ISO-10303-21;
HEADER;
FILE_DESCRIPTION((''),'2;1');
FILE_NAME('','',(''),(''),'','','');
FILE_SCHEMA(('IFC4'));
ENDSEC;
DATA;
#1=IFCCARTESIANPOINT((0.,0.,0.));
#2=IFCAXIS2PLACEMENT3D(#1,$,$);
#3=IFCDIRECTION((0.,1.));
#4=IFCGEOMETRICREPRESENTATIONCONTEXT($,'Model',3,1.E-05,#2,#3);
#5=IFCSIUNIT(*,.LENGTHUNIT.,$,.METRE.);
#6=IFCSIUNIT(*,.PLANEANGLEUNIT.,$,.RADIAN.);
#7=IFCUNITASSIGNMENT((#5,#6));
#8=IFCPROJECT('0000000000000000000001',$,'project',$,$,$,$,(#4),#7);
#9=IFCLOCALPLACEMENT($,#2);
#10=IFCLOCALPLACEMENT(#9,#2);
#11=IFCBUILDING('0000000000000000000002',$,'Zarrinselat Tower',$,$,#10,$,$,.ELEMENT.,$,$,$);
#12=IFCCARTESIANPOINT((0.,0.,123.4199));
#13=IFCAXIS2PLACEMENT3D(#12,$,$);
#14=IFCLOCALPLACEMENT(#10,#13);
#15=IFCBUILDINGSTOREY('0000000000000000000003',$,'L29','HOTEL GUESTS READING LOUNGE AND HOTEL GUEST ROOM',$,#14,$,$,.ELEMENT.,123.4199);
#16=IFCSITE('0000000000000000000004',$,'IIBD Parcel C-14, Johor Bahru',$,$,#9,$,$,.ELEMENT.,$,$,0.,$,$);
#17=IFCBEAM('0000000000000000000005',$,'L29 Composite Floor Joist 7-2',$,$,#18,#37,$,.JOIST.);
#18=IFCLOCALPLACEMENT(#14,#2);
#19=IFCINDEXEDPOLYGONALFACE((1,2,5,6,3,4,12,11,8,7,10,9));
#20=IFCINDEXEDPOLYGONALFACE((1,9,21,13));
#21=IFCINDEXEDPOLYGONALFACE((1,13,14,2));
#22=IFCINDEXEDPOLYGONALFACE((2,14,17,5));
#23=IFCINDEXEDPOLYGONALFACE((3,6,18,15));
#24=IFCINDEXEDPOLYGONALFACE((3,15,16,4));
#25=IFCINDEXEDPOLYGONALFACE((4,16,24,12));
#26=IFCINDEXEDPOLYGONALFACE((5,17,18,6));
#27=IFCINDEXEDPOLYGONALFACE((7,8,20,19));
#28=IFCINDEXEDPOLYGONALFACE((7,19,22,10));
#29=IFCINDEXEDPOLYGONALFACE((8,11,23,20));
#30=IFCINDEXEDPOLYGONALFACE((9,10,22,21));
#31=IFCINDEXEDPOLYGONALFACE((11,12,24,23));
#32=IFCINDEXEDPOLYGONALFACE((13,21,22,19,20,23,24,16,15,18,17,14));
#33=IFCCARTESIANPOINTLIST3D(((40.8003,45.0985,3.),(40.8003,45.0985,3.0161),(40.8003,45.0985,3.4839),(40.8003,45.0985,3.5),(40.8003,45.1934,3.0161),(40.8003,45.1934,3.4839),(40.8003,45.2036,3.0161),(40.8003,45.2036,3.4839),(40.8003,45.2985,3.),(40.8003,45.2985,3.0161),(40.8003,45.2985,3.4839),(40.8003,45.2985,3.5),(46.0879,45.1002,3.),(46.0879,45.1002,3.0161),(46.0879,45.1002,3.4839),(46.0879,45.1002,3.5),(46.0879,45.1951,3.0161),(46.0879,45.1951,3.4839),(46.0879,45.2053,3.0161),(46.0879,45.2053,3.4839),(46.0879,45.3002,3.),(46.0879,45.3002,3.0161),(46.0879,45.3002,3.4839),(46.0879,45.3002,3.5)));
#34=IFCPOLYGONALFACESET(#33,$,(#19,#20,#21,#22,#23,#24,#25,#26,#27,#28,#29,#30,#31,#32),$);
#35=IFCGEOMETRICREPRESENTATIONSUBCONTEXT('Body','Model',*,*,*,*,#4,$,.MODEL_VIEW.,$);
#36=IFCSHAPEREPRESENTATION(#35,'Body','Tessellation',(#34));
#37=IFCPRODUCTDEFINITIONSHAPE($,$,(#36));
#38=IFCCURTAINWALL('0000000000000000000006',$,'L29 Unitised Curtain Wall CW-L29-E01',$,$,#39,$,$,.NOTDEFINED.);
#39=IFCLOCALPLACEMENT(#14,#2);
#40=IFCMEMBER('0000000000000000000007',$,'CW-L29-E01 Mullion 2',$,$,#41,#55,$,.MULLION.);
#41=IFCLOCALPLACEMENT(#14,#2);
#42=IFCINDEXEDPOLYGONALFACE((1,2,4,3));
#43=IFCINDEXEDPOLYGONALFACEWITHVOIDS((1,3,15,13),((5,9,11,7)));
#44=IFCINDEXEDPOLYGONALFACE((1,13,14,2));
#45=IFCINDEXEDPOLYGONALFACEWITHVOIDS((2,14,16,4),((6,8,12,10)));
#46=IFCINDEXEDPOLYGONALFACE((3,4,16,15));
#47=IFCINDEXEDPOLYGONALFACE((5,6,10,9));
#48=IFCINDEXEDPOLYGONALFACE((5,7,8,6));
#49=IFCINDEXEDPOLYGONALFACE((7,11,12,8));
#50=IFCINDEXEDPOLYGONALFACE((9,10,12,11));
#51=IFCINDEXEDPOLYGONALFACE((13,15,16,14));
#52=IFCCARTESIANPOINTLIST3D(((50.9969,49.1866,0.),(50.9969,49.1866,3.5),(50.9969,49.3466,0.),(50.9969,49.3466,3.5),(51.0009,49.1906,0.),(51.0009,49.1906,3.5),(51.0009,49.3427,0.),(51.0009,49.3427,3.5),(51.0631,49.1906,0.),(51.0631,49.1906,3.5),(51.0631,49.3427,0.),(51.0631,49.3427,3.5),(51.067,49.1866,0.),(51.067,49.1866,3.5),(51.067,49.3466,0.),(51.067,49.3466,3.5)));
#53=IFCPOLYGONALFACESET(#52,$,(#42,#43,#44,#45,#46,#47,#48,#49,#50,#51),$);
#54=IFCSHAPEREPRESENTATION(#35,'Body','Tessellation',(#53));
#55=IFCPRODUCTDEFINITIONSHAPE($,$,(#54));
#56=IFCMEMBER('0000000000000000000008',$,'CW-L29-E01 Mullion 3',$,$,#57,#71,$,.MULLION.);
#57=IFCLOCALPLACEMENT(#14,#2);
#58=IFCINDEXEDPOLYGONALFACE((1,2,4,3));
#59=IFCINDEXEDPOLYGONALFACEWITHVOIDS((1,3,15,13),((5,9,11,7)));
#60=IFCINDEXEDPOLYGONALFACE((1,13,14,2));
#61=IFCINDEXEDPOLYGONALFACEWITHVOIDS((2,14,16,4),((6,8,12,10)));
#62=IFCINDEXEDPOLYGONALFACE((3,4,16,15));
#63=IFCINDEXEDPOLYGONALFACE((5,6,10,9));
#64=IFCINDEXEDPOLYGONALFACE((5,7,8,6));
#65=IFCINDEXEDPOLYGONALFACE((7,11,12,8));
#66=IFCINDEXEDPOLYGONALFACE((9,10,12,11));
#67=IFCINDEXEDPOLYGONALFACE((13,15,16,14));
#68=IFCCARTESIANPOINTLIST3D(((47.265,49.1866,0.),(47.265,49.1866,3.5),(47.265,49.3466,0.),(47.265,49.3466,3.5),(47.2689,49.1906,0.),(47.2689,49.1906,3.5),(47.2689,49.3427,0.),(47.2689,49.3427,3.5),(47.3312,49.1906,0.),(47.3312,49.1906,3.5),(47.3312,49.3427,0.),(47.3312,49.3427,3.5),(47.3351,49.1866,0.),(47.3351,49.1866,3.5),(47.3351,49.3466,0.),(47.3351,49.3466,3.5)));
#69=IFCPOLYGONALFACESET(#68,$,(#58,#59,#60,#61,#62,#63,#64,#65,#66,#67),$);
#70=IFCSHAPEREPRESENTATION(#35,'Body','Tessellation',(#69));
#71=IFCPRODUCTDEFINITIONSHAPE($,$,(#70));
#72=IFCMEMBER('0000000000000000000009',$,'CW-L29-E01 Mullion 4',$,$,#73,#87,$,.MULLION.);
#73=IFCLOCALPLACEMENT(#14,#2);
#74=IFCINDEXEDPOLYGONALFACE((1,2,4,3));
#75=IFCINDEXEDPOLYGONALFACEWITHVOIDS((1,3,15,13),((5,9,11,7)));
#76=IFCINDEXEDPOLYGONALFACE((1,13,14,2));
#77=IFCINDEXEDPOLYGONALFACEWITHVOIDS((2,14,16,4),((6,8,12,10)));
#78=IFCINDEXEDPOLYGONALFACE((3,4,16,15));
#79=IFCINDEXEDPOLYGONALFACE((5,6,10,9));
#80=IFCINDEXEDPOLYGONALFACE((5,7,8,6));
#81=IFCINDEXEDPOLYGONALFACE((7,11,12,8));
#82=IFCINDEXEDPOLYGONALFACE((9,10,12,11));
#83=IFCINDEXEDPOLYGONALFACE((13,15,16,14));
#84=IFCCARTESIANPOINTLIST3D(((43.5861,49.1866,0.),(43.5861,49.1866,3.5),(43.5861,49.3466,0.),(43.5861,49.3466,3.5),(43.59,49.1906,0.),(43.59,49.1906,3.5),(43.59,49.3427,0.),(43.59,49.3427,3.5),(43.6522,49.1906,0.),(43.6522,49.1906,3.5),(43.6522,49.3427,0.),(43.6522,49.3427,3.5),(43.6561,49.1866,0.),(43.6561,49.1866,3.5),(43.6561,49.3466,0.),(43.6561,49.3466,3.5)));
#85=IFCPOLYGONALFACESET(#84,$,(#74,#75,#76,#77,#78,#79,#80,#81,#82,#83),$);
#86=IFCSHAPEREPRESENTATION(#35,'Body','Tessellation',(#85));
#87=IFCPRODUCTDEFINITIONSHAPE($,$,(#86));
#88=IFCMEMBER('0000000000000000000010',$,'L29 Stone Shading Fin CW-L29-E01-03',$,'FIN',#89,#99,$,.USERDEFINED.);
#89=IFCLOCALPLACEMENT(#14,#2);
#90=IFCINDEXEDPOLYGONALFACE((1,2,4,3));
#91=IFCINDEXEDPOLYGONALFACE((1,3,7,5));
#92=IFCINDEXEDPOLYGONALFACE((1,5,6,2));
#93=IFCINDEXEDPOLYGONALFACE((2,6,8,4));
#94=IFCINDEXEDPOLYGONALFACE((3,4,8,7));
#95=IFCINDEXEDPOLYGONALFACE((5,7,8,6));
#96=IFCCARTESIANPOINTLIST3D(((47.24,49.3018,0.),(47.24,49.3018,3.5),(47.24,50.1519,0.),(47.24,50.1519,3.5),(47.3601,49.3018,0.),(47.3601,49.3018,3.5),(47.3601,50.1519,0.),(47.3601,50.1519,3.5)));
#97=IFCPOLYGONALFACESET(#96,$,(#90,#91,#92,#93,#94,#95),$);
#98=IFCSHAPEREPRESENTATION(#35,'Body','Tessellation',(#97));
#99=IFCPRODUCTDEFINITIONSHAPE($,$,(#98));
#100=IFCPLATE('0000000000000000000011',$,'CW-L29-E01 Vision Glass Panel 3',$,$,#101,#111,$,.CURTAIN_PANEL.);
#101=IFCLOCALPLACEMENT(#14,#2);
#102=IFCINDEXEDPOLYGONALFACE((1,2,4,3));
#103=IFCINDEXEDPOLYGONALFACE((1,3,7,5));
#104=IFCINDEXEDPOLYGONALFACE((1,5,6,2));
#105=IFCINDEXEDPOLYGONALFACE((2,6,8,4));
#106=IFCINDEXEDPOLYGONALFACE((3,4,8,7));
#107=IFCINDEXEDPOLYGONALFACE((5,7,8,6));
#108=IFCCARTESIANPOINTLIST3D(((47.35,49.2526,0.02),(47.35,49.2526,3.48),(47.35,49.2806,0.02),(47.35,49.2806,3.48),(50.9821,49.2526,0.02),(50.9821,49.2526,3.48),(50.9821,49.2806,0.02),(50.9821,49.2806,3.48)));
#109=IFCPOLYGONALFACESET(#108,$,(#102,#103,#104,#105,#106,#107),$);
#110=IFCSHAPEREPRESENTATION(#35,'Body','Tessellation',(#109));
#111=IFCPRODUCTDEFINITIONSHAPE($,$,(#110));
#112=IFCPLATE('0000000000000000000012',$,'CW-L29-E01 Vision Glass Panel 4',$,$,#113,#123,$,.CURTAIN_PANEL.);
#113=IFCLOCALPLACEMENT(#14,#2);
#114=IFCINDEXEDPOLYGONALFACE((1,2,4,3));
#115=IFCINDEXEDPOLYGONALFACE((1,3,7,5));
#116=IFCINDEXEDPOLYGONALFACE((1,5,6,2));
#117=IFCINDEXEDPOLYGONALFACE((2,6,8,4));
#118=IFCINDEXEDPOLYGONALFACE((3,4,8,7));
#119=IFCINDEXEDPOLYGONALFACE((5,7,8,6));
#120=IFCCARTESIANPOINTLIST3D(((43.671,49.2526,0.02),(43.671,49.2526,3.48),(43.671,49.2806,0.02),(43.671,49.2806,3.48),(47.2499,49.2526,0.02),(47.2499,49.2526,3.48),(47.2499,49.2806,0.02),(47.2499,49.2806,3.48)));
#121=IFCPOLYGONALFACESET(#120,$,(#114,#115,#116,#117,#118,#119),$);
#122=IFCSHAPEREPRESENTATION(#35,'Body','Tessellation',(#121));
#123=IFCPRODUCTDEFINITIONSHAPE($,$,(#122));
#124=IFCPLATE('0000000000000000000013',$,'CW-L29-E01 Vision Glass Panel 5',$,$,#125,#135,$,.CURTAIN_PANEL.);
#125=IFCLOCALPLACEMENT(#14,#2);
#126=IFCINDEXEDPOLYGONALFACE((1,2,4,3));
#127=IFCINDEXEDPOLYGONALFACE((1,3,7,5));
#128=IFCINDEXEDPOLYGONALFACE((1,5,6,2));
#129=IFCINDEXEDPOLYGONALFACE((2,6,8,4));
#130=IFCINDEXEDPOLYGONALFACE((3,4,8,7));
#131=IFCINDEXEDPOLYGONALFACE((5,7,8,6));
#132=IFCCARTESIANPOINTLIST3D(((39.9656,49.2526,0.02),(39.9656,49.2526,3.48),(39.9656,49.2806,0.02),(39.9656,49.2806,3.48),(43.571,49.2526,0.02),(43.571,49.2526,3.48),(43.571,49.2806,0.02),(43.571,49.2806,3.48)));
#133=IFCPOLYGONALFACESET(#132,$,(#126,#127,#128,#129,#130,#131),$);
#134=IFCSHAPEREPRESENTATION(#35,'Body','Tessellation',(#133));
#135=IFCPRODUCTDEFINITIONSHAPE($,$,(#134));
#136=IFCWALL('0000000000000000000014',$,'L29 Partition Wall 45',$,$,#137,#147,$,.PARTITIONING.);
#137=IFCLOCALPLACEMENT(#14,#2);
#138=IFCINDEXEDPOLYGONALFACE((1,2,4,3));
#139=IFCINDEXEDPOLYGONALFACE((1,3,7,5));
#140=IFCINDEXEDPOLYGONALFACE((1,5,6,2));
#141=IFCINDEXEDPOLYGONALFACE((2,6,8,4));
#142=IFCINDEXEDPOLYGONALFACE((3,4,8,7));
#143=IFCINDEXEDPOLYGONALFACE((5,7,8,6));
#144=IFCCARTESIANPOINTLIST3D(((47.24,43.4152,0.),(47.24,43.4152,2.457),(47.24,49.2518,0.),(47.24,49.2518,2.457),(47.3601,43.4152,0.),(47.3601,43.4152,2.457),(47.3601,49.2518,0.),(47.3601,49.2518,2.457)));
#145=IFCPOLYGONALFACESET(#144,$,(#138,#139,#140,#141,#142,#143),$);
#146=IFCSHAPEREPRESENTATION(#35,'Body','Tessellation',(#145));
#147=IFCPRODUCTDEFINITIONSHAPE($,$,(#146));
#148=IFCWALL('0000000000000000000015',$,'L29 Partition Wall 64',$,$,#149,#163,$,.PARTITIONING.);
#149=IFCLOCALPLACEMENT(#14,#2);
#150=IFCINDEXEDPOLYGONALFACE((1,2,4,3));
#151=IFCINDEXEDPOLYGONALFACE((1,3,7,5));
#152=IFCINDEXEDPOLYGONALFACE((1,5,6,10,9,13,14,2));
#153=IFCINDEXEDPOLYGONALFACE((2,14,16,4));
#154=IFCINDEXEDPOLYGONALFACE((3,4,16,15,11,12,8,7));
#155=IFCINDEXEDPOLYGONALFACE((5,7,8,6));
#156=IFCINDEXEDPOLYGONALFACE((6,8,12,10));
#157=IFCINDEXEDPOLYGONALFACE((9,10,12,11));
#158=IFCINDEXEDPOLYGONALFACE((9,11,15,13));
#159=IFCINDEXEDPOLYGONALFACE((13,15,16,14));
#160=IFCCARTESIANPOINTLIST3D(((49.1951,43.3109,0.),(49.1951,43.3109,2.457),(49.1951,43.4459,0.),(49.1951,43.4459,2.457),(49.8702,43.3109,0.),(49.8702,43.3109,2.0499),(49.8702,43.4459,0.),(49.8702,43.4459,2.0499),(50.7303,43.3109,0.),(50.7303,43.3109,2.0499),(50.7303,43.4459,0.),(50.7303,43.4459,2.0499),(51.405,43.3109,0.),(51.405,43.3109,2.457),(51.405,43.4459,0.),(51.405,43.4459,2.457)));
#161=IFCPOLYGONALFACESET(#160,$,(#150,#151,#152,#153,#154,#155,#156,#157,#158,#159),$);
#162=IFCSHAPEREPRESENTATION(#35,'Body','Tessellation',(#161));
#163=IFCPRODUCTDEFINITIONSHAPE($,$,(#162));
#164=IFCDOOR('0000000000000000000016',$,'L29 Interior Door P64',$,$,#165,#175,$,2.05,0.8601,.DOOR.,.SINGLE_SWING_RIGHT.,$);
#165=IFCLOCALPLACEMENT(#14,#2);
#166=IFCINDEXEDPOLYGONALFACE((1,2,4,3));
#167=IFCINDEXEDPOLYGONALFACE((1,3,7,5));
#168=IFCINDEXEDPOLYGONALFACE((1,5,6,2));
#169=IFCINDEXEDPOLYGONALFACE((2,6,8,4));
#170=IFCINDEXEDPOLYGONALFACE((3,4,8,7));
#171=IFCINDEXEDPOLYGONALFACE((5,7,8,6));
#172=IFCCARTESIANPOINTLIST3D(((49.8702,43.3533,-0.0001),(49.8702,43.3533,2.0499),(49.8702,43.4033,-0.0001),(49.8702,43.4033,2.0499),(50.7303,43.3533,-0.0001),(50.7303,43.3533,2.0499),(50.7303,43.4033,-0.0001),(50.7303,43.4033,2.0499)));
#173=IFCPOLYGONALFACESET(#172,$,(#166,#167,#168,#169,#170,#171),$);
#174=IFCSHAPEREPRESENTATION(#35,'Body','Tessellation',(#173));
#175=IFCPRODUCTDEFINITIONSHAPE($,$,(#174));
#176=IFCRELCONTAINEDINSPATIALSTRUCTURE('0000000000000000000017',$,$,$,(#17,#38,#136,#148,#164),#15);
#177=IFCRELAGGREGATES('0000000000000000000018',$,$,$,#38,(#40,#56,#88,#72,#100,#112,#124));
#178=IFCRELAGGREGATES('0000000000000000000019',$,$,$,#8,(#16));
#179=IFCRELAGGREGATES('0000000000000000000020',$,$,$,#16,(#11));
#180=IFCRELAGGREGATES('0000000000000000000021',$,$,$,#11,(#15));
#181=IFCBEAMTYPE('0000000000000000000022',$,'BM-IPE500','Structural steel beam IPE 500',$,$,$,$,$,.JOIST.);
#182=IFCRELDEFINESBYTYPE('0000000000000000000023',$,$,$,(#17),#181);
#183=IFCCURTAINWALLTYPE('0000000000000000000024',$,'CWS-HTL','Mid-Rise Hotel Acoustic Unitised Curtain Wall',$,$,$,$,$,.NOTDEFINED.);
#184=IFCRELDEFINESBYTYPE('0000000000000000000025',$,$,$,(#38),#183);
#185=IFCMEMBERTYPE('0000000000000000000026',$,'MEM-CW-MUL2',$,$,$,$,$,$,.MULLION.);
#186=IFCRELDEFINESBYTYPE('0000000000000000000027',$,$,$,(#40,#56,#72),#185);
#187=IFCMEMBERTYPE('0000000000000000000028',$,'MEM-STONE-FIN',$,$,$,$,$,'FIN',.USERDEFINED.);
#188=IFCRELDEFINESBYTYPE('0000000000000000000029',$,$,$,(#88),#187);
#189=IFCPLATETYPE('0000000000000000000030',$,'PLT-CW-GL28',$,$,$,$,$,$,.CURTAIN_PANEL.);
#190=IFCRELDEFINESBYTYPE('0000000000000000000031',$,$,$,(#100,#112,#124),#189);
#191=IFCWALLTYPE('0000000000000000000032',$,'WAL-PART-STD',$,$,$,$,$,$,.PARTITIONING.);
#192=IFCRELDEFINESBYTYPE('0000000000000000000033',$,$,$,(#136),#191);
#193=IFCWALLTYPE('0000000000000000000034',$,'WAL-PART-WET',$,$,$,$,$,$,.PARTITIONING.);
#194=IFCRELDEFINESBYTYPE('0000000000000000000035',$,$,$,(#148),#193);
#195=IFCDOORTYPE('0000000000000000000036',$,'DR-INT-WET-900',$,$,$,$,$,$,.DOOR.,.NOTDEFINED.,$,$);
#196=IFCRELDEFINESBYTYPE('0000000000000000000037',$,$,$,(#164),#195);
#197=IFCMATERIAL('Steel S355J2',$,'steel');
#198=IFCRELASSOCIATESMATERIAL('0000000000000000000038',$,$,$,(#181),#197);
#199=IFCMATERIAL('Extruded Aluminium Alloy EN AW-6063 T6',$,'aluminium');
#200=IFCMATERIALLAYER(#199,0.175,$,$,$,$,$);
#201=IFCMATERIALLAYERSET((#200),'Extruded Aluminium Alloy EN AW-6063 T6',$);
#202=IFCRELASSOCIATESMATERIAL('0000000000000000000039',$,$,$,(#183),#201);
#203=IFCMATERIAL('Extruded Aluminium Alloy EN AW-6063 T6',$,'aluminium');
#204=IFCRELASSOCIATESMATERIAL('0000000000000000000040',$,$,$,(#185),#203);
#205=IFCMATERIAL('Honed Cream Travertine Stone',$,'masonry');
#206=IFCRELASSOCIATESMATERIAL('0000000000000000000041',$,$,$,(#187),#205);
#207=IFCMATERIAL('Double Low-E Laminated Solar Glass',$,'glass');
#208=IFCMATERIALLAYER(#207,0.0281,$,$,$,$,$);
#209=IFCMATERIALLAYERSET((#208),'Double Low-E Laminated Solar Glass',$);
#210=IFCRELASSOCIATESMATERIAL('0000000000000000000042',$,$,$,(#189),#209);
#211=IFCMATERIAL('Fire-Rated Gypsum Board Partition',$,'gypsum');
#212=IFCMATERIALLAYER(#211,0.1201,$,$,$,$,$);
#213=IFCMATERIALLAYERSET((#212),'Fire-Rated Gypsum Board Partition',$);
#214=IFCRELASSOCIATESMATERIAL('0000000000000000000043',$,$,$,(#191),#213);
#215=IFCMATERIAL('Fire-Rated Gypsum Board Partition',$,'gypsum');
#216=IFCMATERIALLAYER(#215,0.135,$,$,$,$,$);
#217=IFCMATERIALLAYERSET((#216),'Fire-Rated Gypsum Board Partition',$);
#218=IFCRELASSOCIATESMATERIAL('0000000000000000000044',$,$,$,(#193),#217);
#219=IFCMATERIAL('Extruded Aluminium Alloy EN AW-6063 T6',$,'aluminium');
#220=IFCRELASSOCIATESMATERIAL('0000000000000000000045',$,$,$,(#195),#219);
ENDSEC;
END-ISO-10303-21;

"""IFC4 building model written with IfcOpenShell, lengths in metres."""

from ifc_helpers import new_model, si_unit, direction, frame, frame_2d, origin, origin_2d, place, context, subcontext, project, spatial, rectangle, hollow_rectangle, i_section, extrude, material, layer, layer_set, material_profile, profile_set, type_object, element, fill, aggregate, save


model = new_model("IFC4")

# Units and contexts
model_context = context("Model", 3, precision=1e-05, world=origin(), true_north=direction((0.0, 1.0)))
body_context = subcontext(model_context, "Body", "Model", "MODEL_VIEW")
ifc_project = project(units=[si_unit("LENGTHUNIT", "METRE"), si_unit("PLANEANGLEUNIT", "RADIAN")], contexts=[model_context])

# Site, building, storey
site_placement = place(None, origin())
site = spatial("IfcSite", under=ifc_project, at=site_placement, Name="IIBD Parcel C-14, Johor Bahru", CompositionType="ELEMENT", RefElevation=0.0)
building_placement = place(site_placement, origin())
building = spatial("IfcBuilding", under=site, at=building_placement, Name="Zarrinselat Tower", CompositionType="ELEMENT")
storey_placement = place(building_placement, frame((0.0, 0.0, 123.4199)))
storey = spatial("IfcBuildingStorey", under=building, at=storey_placement, Name="L29", Description="HOTEL GUESTS READING LOUNGE AND HOTEL GUEST ROOM", CompositionType="ELEMENT", Elevation=123.4199)

# Beam
ifc_material_1 = material(Name="Steel S355J2", Category="steel")
ifc_material_profile_1 = material_profile(ifc_material_1, i_section(OverallWidth=0.2, OverallDepth=0.5, WebThickness=0.0103, FlangeThickness=0.0161, at=origin_2d()), Name="IPE 500")
ifc_profile_set_1 = profile_set([ifc_material_profile_1], Name="Steel S355J2")
beam_type_1 = type_object("IfcBeamType", Name="BM-IPE500", Description="Structural steel beam IPE 500", PredefinedType="JOIST", material=ifc_profile_set_1)
beam_1_placement = place(storey_placement, frame((40.8003, 45.1985, 3.25), z_axis=(1.0, 0.000323, 0.0), x_axis=(-0.000323, 1.0, 0.0)))
element("IfcBeam", 1, at=beam_1_placement, inside=storey, type_object=beam_type_1, Name="L29 Composite Floor Joist 7-2", PredefinedType="JOIST", context=body_context, shape_type="SweptSolid", body=[
    extrude(i_section(OverallWidth=0.2, OverallDepth=0.5, WebThickness=0.0103, FlangeThickness=0.0161, at=origin_2d()), origin(), (0.0, 0.0, 1.0), 5.2876),
])

# Curtain wall, members, plates
ifc_material_2 = material(Name="Extruded Aluminium Alloy EN AW-6063 T6", Category="aluminium")
ifc_layer_1 = layer(ifc_material_2, 0.175)
ifc_layer_set_1 = layer_set([ifc_layer_1], Name="Extruded Aluminium Alloy EN AW-6063 T6")
curtain_wall_type = type_object("IfcCurtainWallType", Name="CWS-HTL", Description="Mid-Rise Hotel Acoustic Unitised Curtain Wall", PredefinedType="NOTDEFINED", material=ifc_layer_set_1)
curtain_wall_placement = place(storey_placement, origin())
curtain_wall = element("IfcCurtainWall", 2, at=curtain_wall_placement, inside=storey, type_object=curtain_wall_type, Name="L29 Unitised Curtain Wall CW-L29-E01", PredefinedType="NOTDEFINED")
ifc_material_3 = material(Name="Extruded Aluminium Alloy EN AW-6063 T6", Category="aluminium")
ifc_material_profile_2 = material_profile(ifc_material_3, hollow_rectangle(XDim=0.0701, YDim=0.1599, WallThickness=0.0039, at=origin_2d()), Name="RHS 160x70x4")
ifc_profile_set_2 = profile_set([ifc_material_profile_2], Name="Extruded Aluminium Alloy EN AW-6063 T6")
member_type_1 = type_object("IfcMemberType", Name="MEM-CW-MUL2", PredefinedType="MULLION", material=ifc_profile_set_2)
member_1_placement = place(storey_placement, frame((51.032, 49.2666, 0.0), z_axis=(0.0, 0.0, 1.0), x_axis=(-1.0, 0.0, 0.0)))
member_1 = element("IfcMember", 3, at=member_1_placement, type_object=member_type_1, Name="CW-L29-E01 Mullion 2", PredefinedType="MULLION", context=body_context, shape_type="SweptSolid", body=[
    extrude(hollow_rectangle(XDim=0.0701, YDim=0.1599, WallThickness=0.0039, at=origin_2d()), origin(), (0.0, 0.0, 1.0), 3.5),
])
member_2_placement = place(storey_placement, frame((47.3, 49.2666, 0.0), z_axis=(0.0, 0.0, 1.0), x_axis=(-1.0, 0.0, 0.0)))
member_2 = element("IfcMember", 4, at=member_2_placement, type_object=member_type_1, Name="CW-L29-E01 Mullion 3", PredefinedType="MULLION", context=body_context, shape_type="SweptSolid", body=[
    extrude(hollow_rectangle(XDim=0.0701, YDim=0.1599, WallThickness=0.0039, at=origin_2d()), origin(), (0.0, 0.0, 1.0), 3.5),
])
member_3_placement = place(storey_placement, frame((43.6211, 49.2666, 0.0), z_axis=(0.0, 0.0, 1.0), x_axis=(-1.0, 0.0, 0.0)))
member_3 = element("IfcMember", 5, at=member_3_placement, type_object=member_type_1, Name="CW-L29-E01 Mullion 4", PredefinedType="MULLION", context=body_context, shape_type="SweptSolid", body=[
    extrude(hollow_rectangle(XDim=0.0701, YDim=0.1599, WallThickness=0.0039, at=origin_2d()), origin(), (0.0, 0.0, 1.0), 3.5),
])
ifc_material_4 = material(Name="Honed Cream Travertine Stone", Category="masonry")
ifc_material_profile_3 = material_profile(ifc_material_4, rectangle(XDim=0.1201, YDim=0.8501, at=origin_2d()), Name="FIN 850x120")
ifc_profile_set_3 = profile_set([ifc_material_profile_3], Name="Honed Cream Travertine Stone")
member_type_2 = type_object("IfcMemberType", Name="MEM-STONE-FIN", ElementType="FIN", PredefinedType="USERDEFINED", material=ifc_profile_set_3)
member_4_placement = place(storey_placement, frame((47.3, 49.7268, 0.0), z_axis=(0.0, 0.0, 1.0), x_axis=(1.0, 0.0, 0.0)))
member_4 = element("IfcMember", 6, at=member_4_placement, type_object=member_type_2, Name="L29 Stone Shading Fin CW-L29-E01-03", ObjectType="FIN", PredefinedType="USERDEFINED", context=body_context, shape_type="SweptSolid", body=[
    extrude(rectangle(XDim=0.1201, YDim=0.8501, at=origin_2d()), origin(), (0.0, 0.0, 1.0), 3.5),
])
ifc_material_5 = material(Name="Double Low-E Laminated Solar Glass", Category="glass")
ifc_layer_2 = layer(ifc_material_5, 0.0281)
ifc_layer_set_2 = layer_set([ifc_layer_2], Name="Double Low-E Laminated Solar Glass")
plate_type = type_object("IfcPlateType", Name="PLT-CW-GL28", PredefinedType="CURTAIN_PANEL", material=ifc_layer_set_2)
plate_1_placement = place(storey_placement, frame((49.166, 49.2666, 0.02), z_axis=(0.0, 0.0, 1.0), x_axis=(-1.0, 0.0, 0.0)))
plate_1 = element("IfcPlate", 7, at=plate_1_placement, type_object=plate_type, Name="CW-L29-E01 Vision Glass Panel 3", PredefinedType="CURTAIN_PANEL", context=body_context, shape_type="SweptSolid", body=[
    extrude(rectangle(XDim=3.6321, YDim=0.0281, at=origin_2d()), origin(), (0.0, 0.0, 1.0), 3.46),
])
plate_2_placement = place(storey_placement, frame((45.4604, 49.2666, 0.02), z_axis=(0.0, 0.0, 1.0), x_axis=(-1.0, 0.0, 0.0)))
plate_2 = element("IfcPlate", 8, at=plate_2_placement, type_object=plate_type, Name="CW-L29-E01 Vision Glass Panel 4", PredefinedType="CURTAIN_PANEL", context=body_context, shape_type="SweptSolid", body=[
    extrude(rectangle(XDim=3.5789, YDim=0.0281, at=origin_2d()), origin(), (0.0, 0.0, 1.0), 3.46),
])
plate_3_placement = place(storey_placement, frame((41.7683, 49.2666, 0.02), z_axis=(0.0, 0.0, 1.0), x_axis=(-1.0, 0.0, 0.0)))
plate_3 = element("IfcPlate", 9, at=plate_3_placement, type_object=plate_type, Name="CW-L29-E01 Vision Glass Panel 5", PredefinedType="CURTAIN_PANEL", context=body_context, shape_type="SweptSolid", body=[
    extrude(rectangle(XDim=3.6055, YDim=0.0281, at=origin_2d()), origin(), (0.0, 0.0, 1.0), 3.46),
])
aggregate(curtain_wall, [member_1, member_2, member_4, member_3, plate_1, plate_2, plate_3])

# Wall
ifc_material_6 = material(Name="Fire-Rated Gypsum Board Partition", Category="gypsum")
ifc_layer_3 = layer(ifc_material_6, 0.1201)
ifc_layer_set_3 = layer_set([ifc_layer_3], Name="Fire-Rated Gypsum Board Partition")
wall_type_1 = type_object("IfcWallType", Name="WAL-PART-STD", PredefinedType="PARTITIONING", material=ifc_layer_set_3)
wall_1_placement = place(storey_placement, frame((47.3, 43.415, 0.0), z_axis=(0.0, 0.0, 1.0), x_axis=(0.0, 1.0, 0.0)))
element("IfcWall", 10, at=wall_1_placement, inside=storey, type_object=wall_type_1, Name="L29 Partition Wall 45", PredefinedType="PARTITIONING", context=body_context, shape_type="SweptSolid", body=[
    extrude(rectangle(XDim=5.8367, YDim=0.1201, at=frame_2d((2.9185, 0.0))), origin(), (0.0, 0.0, 1.0), 2.457),
])

# Wall, opening, door
ifc_material_7 = material(Name="Fire-Rated Gypsum Board Partition", Category="gypsum")
ifc_layer_4 = layer(ifc_material_7, 0.135)
ifc_layer_set_4 = layer_set([ifc_layer_4], Name="Fire-Rated Gypsum Board Partition")
wall_type_2 = type_object("IfcWallType", Name="WAL-PART-WET", PredefinedType="PARTITIONING", material=ifc_layer_set_4)
wall_2_placement = place(storey_placement, frame((49.1951, 43.3784, 0.0), z_axis=(0.0, 0.0, 1.0), x_axis=(1.0, 0.0, 0.0)))
wall_2 = element("IfcWall", 11, at=wall_2_placement, inside=storey, type_object=wall_type_2, Name="L29 Partition Wall 64", PredefinedType="PARTITIONING", context=body_context, shape_type="SweptSolid", body=[
    extrude(rectangle(XDim=2.21, YDim=0.135, at=frame_2d((1.105, 0.0))), origin(), (0.0, 0.0, 1.0), 2.457),
])
opening_placement = place(wall_2_placement, frame((0.675, 0.0, 0.0)))
opening = element("IfcOpeningElement", 12, at=opening_placement, cuts=wall_2, PredefinedType="OPENING", context=body_context, shape_type="SweptSolid", body=[
    extrude(rectangle(XDim=0.8601, YDim=2.05, at=frame_2d((0.4302, 1.0249))), frame((0.0, 0.0774, 0.0), z_axis=(0.0, -1.0, 0.0), x_axis=(1.0, 0.0, 0.0)), (0.0, 0.0, 1.0), 0.155),
])
ifc_material_8 = material(Name="Extruded Aluminium Alloy EN AW-6063 T6", Category="aluminium")
door_type = type_object("IfcDoorType", Name="DR-INT-WET-900", OperationType="NOTDEFINED", PredefinedType="DOOR", material=ifc_material_8)
door_placement = place(opening_placement, origin())
door = element("IfcDoor", 13, at=door_placement, inside=storey, type_object=door_type, Name="L29 Interior Door P64", OperationType="SINGLE_SWING_RIGHT", OverallHeight=2.05, OverallWidth=0.8601, PredefinedType="DOOR", context=body_context, shape_type="SweptSolid", body=[
    extrude(rectangle(XDim=0.8601, YDim=2.05, at=frame_2d((0.4302, 1.0249))), frame((0.0, 0.0249, 0.0), z_axis=(0.0, -1.0, 0.0), x_axis=(1.0, 0.0, 0.0)), (0.0, 0.0, 1.0), 0.05),
])
fill(opening, door)

save(model, "model.ifc")
